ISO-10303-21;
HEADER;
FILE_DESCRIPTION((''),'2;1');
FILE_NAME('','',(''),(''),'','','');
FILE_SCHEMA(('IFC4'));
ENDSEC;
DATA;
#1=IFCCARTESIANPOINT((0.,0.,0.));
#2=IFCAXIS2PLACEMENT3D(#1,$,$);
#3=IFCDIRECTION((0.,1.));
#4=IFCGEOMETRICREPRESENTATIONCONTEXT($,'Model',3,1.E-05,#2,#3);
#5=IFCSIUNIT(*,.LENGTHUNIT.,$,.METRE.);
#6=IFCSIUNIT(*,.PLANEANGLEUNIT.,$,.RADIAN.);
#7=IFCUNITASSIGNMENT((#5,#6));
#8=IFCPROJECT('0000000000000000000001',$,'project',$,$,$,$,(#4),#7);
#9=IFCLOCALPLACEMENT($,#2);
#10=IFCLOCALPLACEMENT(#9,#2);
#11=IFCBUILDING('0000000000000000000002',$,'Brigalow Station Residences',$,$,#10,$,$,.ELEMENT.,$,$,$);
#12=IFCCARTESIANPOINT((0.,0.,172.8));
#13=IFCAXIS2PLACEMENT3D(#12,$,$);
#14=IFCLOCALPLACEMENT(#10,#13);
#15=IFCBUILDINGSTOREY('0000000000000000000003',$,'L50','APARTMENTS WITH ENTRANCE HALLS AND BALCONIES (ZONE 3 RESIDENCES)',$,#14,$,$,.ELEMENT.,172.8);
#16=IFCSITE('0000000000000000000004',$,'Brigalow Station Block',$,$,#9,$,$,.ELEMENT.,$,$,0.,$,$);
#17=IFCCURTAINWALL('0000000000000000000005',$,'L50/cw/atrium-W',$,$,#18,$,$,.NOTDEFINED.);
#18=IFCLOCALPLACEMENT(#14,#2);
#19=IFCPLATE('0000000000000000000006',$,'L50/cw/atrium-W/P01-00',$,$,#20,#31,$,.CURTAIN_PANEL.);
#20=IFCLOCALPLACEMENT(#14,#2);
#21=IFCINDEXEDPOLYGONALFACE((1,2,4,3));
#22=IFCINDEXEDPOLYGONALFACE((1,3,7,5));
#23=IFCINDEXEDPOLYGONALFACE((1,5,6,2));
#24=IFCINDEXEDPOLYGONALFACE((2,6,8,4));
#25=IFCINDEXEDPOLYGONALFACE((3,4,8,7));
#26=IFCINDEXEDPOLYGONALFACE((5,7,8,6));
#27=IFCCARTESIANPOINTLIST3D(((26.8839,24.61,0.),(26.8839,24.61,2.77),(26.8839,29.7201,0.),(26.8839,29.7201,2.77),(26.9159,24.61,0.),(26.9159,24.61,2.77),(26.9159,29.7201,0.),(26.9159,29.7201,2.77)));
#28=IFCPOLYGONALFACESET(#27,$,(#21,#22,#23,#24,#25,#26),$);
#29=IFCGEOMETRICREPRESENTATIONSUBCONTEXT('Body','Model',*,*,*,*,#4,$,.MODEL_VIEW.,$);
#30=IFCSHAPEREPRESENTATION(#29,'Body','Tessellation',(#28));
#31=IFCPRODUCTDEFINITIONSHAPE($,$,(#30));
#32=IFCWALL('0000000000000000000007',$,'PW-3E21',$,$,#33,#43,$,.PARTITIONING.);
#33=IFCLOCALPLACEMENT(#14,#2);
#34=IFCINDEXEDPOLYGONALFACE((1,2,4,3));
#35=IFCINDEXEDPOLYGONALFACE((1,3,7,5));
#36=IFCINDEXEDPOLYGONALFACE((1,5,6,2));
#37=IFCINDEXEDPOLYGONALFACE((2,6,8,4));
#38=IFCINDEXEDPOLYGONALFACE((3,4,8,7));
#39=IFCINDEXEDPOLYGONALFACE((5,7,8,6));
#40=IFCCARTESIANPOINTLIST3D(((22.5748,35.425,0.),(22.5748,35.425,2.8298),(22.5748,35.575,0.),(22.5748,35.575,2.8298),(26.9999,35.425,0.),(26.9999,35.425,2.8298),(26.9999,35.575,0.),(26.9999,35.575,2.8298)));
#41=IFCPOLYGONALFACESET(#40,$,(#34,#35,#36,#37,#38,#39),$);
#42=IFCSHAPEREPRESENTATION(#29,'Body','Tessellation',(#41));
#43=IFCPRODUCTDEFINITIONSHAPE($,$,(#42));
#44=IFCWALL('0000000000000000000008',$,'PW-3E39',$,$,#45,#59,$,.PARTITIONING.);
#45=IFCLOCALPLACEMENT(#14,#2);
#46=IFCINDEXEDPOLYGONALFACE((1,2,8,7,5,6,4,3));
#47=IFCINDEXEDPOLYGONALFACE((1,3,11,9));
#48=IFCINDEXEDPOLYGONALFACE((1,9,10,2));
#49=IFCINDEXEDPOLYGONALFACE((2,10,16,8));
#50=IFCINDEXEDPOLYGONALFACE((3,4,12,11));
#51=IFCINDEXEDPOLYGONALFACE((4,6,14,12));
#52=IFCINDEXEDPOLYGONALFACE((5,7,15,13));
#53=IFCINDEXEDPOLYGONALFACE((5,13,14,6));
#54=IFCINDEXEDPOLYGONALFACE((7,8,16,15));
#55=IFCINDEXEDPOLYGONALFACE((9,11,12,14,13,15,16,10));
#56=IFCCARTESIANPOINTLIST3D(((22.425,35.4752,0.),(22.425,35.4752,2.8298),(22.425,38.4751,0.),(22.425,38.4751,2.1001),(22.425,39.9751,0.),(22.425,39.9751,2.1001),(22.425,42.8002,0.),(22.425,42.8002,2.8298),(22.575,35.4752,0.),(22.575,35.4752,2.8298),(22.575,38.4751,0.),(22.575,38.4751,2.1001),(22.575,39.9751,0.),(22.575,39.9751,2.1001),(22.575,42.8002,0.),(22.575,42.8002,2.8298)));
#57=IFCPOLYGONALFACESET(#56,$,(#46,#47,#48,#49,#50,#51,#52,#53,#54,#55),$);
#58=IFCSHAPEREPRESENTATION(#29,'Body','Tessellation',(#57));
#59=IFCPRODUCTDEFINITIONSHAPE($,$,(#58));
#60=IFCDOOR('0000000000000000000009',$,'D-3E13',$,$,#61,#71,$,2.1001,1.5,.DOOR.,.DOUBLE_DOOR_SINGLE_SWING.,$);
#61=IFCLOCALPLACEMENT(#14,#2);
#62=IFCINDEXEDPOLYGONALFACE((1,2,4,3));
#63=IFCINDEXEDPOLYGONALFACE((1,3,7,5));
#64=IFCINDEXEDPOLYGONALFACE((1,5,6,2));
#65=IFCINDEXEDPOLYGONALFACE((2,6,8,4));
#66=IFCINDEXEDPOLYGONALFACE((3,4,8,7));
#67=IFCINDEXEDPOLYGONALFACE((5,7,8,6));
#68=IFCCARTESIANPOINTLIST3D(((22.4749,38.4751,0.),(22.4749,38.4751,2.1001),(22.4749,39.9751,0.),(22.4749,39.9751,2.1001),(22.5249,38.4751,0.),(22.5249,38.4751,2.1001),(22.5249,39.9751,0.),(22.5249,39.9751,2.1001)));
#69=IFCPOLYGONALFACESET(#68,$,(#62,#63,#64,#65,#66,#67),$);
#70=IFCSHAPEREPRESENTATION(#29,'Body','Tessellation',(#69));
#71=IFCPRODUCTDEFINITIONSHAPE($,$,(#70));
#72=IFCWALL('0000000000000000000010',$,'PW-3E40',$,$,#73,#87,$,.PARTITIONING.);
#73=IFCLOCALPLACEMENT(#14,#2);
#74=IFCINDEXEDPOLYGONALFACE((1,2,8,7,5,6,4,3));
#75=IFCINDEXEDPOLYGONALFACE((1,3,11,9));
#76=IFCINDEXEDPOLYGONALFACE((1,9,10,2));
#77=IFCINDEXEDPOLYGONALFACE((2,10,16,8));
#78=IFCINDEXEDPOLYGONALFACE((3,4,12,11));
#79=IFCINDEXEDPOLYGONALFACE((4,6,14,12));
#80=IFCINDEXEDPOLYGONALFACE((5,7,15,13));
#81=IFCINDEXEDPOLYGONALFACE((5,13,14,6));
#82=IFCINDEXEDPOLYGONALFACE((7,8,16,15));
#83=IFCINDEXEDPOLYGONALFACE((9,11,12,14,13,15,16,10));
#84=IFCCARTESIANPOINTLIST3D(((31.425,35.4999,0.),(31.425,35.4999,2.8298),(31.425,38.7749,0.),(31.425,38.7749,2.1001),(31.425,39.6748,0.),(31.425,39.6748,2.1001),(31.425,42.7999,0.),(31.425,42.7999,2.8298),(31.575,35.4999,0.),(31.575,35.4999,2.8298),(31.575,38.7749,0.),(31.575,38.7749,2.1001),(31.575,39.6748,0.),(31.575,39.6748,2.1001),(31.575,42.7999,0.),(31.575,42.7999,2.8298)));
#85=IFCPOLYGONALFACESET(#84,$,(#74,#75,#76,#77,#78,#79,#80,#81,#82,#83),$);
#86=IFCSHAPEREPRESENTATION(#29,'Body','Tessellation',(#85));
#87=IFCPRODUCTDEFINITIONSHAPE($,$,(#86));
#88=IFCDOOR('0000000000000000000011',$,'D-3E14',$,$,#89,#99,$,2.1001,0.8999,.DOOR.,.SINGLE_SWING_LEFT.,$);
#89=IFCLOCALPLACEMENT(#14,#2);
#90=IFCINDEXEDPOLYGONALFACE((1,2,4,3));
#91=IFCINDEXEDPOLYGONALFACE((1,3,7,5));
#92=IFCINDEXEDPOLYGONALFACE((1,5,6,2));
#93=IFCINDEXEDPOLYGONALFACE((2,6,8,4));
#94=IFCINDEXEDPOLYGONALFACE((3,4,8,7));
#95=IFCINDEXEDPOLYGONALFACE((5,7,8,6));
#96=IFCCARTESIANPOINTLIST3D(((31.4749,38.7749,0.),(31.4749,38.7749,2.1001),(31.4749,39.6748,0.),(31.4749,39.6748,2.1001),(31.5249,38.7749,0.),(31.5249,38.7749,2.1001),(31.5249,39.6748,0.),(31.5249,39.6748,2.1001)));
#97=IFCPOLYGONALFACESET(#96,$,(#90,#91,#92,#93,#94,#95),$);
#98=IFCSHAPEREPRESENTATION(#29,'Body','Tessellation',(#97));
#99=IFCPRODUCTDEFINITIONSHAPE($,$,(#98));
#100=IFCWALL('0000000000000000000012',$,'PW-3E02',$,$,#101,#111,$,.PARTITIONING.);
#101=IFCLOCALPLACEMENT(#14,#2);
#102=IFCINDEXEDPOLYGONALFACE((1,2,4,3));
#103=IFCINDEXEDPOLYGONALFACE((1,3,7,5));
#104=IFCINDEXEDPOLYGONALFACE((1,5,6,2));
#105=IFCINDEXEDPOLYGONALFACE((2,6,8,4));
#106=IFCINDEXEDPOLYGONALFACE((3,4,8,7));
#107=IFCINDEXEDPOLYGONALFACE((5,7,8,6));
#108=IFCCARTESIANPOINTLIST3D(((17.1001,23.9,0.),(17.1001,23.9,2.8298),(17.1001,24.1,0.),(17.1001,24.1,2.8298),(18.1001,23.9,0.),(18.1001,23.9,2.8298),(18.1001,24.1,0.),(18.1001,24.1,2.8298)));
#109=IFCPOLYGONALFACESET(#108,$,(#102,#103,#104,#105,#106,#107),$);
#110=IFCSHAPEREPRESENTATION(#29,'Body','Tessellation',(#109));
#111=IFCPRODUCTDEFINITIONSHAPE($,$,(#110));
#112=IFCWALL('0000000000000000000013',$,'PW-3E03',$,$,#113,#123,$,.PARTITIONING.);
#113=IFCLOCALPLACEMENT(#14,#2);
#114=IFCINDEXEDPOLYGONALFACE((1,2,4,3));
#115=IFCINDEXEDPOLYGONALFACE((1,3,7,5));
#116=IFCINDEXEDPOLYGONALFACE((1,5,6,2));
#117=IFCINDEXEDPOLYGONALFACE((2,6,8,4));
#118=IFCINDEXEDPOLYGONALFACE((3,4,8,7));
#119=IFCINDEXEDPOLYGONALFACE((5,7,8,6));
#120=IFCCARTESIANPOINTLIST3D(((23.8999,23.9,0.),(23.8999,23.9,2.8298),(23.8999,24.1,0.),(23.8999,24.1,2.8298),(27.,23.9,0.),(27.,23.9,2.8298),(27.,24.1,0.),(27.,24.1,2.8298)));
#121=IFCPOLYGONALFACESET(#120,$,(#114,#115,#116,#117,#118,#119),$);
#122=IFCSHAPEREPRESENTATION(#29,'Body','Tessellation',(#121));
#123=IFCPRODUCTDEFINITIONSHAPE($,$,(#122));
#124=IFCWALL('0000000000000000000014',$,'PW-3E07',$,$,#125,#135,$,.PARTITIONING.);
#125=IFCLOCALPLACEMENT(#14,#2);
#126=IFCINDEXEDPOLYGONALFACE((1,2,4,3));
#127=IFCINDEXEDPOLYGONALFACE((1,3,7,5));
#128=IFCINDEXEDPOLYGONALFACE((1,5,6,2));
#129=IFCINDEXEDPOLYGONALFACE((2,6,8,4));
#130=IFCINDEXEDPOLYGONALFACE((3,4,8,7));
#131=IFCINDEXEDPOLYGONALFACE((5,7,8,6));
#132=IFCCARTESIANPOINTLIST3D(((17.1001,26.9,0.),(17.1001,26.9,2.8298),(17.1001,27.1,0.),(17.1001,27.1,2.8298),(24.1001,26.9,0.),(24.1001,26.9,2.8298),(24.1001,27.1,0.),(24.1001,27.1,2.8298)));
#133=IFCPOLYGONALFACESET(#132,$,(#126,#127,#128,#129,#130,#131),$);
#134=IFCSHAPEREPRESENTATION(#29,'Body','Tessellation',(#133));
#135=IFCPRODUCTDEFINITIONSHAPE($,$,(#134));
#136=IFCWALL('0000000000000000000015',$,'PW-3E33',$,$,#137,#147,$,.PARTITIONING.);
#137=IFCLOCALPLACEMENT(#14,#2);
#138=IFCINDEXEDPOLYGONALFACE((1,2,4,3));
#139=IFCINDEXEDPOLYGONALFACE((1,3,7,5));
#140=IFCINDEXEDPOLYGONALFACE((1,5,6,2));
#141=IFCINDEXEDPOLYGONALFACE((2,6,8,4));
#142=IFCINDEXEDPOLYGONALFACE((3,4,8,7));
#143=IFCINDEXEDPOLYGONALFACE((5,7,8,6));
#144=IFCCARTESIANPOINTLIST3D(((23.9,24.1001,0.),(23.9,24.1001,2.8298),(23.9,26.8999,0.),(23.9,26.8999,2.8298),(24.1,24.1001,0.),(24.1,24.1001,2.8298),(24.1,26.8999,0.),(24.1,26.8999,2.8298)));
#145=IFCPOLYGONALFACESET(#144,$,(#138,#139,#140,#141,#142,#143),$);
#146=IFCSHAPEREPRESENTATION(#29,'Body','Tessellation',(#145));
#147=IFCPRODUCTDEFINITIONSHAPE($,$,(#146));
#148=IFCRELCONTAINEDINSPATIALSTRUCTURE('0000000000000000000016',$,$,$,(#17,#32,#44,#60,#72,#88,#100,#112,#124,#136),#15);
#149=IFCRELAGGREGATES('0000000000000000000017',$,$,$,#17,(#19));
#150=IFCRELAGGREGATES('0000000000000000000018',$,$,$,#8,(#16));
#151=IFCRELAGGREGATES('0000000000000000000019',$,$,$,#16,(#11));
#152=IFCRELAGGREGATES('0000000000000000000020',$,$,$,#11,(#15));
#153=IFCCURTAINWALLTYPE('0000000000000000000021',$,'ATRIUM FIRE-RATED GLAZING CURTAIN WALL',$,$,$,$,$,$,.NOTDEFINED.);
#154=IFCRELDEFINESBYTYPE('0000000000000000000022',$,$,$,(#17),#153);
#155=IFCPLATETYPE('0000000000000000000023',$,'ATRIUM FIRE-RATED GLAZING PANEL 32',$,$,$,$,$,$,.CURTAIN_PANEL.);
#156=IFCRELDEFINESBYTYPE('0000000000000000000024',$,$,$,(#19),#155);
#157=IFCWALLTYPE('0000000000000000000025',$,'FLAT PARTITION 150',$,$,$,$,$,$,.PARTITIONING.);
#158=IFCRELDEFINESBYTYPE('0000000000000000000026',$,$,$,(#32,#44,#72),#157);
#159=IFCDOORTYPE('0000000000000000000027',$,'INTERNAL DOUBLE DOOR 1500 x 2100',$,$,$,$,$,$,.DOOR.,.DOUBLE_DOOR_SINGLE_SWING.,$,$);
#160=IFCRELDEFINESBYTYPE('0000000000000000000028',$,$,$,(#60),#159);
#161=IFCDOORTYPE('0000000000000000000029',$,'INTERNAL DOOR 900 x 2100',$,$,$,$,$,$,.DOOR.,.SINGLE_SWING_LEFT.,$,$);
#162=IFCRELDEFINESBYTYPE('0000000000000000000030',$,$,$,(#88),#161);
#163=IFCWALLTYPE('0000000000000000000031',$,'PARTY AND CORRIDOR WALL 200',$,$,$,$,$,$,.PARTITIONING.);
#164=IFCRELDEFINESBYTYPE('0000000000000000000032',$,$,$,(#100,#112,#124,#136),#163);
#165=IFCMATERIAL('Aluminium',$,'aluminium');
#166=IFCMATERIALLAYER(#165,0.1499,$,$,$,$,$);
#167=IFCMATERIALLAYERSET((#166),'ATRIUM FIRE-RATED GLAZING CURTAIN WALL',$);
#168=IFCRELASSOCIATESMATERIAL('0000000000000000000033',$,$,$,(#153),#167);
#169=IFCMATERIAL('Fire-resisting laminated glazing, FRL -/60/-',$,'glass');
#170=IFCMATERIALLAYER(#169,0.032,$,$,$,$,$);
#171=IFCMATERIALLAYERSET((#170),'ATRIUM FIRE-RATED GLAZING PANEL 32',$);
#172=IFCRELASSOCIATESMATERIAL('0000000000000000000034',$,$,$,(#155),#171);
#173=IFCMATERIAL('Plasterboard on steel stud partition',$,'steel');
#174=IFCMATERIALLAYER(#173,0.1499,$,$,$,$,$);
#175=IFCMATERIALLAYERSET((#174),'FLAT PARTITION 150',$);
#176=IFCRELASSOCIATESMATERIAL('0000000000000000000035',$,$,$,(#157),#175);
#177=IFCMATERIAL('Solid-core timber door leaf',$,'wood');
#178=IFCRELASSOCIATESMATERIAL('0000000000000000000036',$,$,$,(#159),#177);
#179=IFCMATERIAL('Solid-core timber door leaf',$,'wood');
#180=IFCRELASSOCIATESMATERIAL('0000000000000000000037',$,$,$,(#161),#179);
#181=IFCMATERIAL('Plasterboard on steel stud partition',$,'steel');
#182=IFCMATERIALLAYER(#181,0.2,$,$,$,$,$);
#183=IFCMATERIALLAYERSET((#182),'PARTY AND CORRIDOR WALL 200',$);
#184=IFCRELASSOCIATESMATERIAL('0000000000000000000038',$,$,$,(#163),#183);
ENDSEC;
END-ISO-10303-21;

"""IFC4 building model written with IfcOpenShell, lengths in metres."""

from ifc_helpers import new_model, si_unit, direction, frame, frame_2d, origin, origin_2d, place, context, subcontext, project, spatial, rectangle, extrude, material, layer, layer_set, type_object, element, fill, aggregate, save


model = new_model("IFC4")

# Units and contexts
model_context = context("Model", 3, precision=1e-05, world=origin(), true_north=direction((0.0, 1.0)))
body_context = subcontext(model_context, "Body", "Model", "MODEL_VIEW")
ifc_project = project(units=[si_unit("LENGTHUNIT", "METRE"), si_unit("PLANEANGLEUNIT", "RADIAN")], contexts=[model_context])

# Site, building, storey
site_placement = place(None, origin())
site = spatial("IfcSite", under=ifc_project, at=site_placement, Name="Brigalow Station Block", CompositionType="ELEMENT", RefElevation=0.0)
building_placement = place(site_placement, origin())
building = spatial("IfcBuilding", under=site, at=building_placement, Name="Brigalow Station Residences", CompositionType="ELEMENT")
storey_placement = place(building_placement, frame((0.0, 0.0, 172.8)))
storey = spatial("IfcBuildingStorey", under=building, at=storey_placement, Name="L50", Description="APARTMENTS WITH ENTRANCE HALLS AND BALCONIES (ZONE 3 RESIDENCES)", CompositionType="ELEMENT", Elevation=172.8)

# Shared definitions
ifc_material_1 = material(Name="Aluminium", Category="aluminium")
ifc_layer_1 = layer(ifc_material_1, 0.1499)
ifc_layer_set_1 = layer_set([ifc_layer_1], Name="ATRIUM FIRE-RATED GLAZING CURTAIN WALL")
curtain_wall_type = type_object("IfcCurtainWallType", Name="ATRIUM FIRE-RATED GLAZING CURTAIN WALL", PredefinedType="NOTDEFINED", material=ifc_layer_set_1)

# Curtain wall
curtain_wall_1_placement = place(storey_placement, origin())
curtain_wall_1 = element("IfcCurtainWall", 1, at=curtain_wall_1_placement, inside=storey, type_object=curtain_wall_type, Name="L50/cw/atrium-W", PredefinedType="NOTDEFINED")

# Plate
ifc_material_2 = material(Name="Fire-resisting laminated glazing, FRL -/60/-", Category="glass")
ifc_layer_2 = layer(ifc_material_2, 0.032)
ifc_layer_set_2 = layer_set([ifc_layer_2], Name="ATRIUM FIRE-RATED GLAZING PANEL 32")
plate_type = type_object("IfcPlateType", Name="ATRIUM FIRE-RATED GLAZING PANEL 32", PredefinedType="CURTAIN_PANEL", material=ifc_layer_set_2)
plate_1_placement = place(storey_placement, frame((26.8999, 27.165, 0.0), z_axis=(0.0, 0.0, 1.0), x_axis=(0.0, -1.0, 0.0)))
plate_1 = element("IfcPlate", 2, at=plate_1_placement, type_object=plate_type, Name="L50/cw/atrium-W/P01-00", PredefinedType="CURTAIN_PANEL", context=body_context, shape_type="SweptSolid", body=[
    extrude(rectangle(XDim=5.1101, YDim=0.032, at=origin_2d()), origin(), (0.0, 0.0, 1.0), 2.77),
])
aggregate(curtain_wall_1, [plate_1])

# Wall
ifc_material_3 = material(Name="Plasterboard on steel stud partition", Category="steel")
ifc_layer_3 = layer(ifc_material_3, 0.1499)
ifc_layer_set_3 = layer_set([ifc_layer_3], Name="FLAT PARTITION 150")
wall_type_1 = type_object("IfcWallType", Name="FLAT PARTITION 150", PredefinedType="PARTITIONING", material=ifc_layer_set_3)
wall_1_placement = place(storey_placement, frame((22.575, 35.5, 0.0), z_axis=(0.0, 0.0, 1.0), x_axis=(1.0, 0.0, 0.0)))
element("IfcWall", 3, at=wall_1_placement, inside=storey, type_object=wall_type_1, Name="PW-3E21", PredefinedType="PARTITIONING", context=body_context, shape_type="SweptSolid", body=[
    extrude(rectangle(XDim=4.425, YDim=0.1499, at=frame_2d((2.2124, 0.0))), origin(), (0.0, 0.0, 1.0), 2.8298),
])

# Walls, openings, doors
wall_2_placement = place(storey_placement, frame((22.5, 35.4751, 0.0), z_axis=(0.0, 0.0, 1.0), x_axis=(0.0, 1.0, 0.0)))
wall_2 = element("IfcWall", 4, at=wall_2_placement, inside=storey, type_object=wall_type_1, Name="PW-3E39", PredefinedType="PARTITIONING", context=body_context, shape_type="SweptSolid", body=[
    extrude(rectangle(XDim=7.325, YDim=0.1499, at=frame_2d((3.6626, 0.0))), origin(), (0.0, 0.0, 1.0), 2.8298),
])
opening_1_placement = place(wall_2_placement, frame((3.0, 0.0, 0.0)))
opening_1 = element("IfcOpeningElement", 5, at=opening_1_placement, cuts=wall_2, PredefinedType="OPENING", context=body_context, shape_type="SweptSolid", body=[
    extrude(rectangle(XDim=1.5, YDim=2.1001, at=frame_2d((0.75, 1.05))), frame((0.0, 0.085, 0.0), z_axis=(0.0, -1.0, 0.0), x_axis=(1.0, 0.0, 0.0)), (0.0, 0.0, 1.0), 0.1699),
])
ifc_material_4 = material(Name="Solid-core timber door leaf", Category="wood")
door_type_1 = type_object("IfcDoorType", Name="INTERNAL DOUBLE DOOR 1500 x 2100", OperationType="DOUBLE_DOOR_SINGLE_SWING", PredefinedType="DOOR", material=ifc_material_4)
door_1_placement = place(opening_1_placement, frame((1.5, 0.0, 0.0), z_axis=(0.0, 0.0, 1.0), x_axis=(-1.0, 0.0, 0.0)))
door_1 = element("IfcDoor", 6, at=door_1_placement, inside=storey, type_object=door_type_1, Name="D-3E13", OperationType="DOUBLE_DOOR_SINGLE_SWING", OverallHeight=2.1001, OverallWidth=1.5, PredefinedType="DOOR", context=body_context, shape_type="SweptSolid", body=[
    extrude(rectangle(XDim=1.5, YDim=2.1001, at=frame_2d((0.75, 1.05))), frame((0.0, 0.0249, 0.0), z_axis=(0.0, -1.0, 0.0), x_axis=(1.0, 0.0, 0.0)), (0.0, 0.0, 1.0), 0.05),
])
fill(opening_1, door_1)
wall_3_placement = place(storey_placement, frame((31.5, 35.5, 0.0), z_axis=(0.0, 0.0, 1.0), x_axis=(0.0, 1.0, 0.0)))
wall_3 = element("IfcWall", 7, at=wall_3_placement, inside=storey, type_object=wall_type_1, Name="PW-3E40", PredefinedType="PARTITIONING", context=body_context, shape_type="SweptSolid", body=[
    extrude(rectangle(XDim=7.3, YDim=0.1499, at=frame_2d((3.6499, 0.0))), origin(), (0.0, 0.0, 1.0), 2.8298),
])
opening_2_placement = place(wall_3_placement, frame((3.2749, 0.0, 0.0)))
opening_2 = element("IfcOpeningElement", 8, at=opening_2_placement, cuts=wall_3, PredefinedType="OPENING", context=body_context, shape_type="SweptSolid", body=[
    extrude(rectangle(XDim=0.8999, YDim=2.1001, at=frame_2d((0.45, 1.05))), frame((0.0, 0.085, 0.0), z_axis=(0.0, -1.0, 0.0), x_axis=(1.0, 0.0, 0.0)), (0.0, 0.0, 1.0), 0.1699),
])
ifc_material_5 = material(Name="Solid-core timber door leaf", Category="wood")
door_type_2 = type_object("IfcDoorType", Name="INTERNAL DOOR 900 x 2100", OperationType="SINGLE_SWING_LEFT", PredefinedType="DOOR", material=ifc_material_5)
door_2_placement = place(opening_2_placement, frame((0.8999, 0.0, 0.0), z_axis=(0.0, 0.0, 1.0), x_axis=(-1.0, 0.0, 0.0)))
door_2 = element("IfcDoor", 9, at=door_2_placement, inside=storey, type_object=door_type_2, Name="D-3E14", OperationType="SINGLE_SWING_LEFT", OverallHeight=2.1001, OverallWidth=0.8999, PredefinedType="DOOR", context=body_context, shape_type="SweptSolid", body=[
    extrude(rectangle(XDim=0.8999, YDim=2.1001, at=frame_2d((0.45, 1.05))), frame((0.0, 0.0249, 0.0), z_axis=(0.0, -1.0, 0.0), x_axis=(1.0, 0.0, 0.0)), (0.0, 0.0, 1.0), 0.05),
])
fill(opening_2, door_2)

# Walls
ifc_material_6 = material(Name="Plasterboard on steel stud partition", Category="steel")
ifc_layer_4 = layer(ifc_material_6, 0.2)
ifc_layer_set_4 = layer_set([ifc_layer_4], Name="PARTY AND CORRIDOR WALL 200")
wall_type_2 = type_object("IfcWallType", Name="PARTY AND CORRIDOR WALL 200", PredefinedType="PARTITIONING", material=ifc_layer_set_4)
wall_4_placement = place(storey_placement, frame((17.1001, 24.0, 0.0), z_axis=(0.0, 0.0, 1.0), x_axis=(1.0, 0.0, 0.0)))
element("IfcWall", 10, at=wall_4_placement, inside=storey, type_object=wall_type_2, Name="PW-3E02", PredefinedType="PARTITIONING", context=body_context, shape_type="SweptSolid", body=[
    extrude(rectangle(XDim=1.0, YDim=0.2, at=frame_2d((0.5, 0.0))), origin(), (0.0, 0.0, 1.0), 2.8298),
])
wall_5_placement = place(storey_placement, frame((23.8999, 24.0, 0.0), z_axis=(0.0, 0.0, 1.0), x_axis=(1.0, 0.0, 0.0)))
element("IfcWall", 11, at=wall_5_placement, inside=storey, type_object=wall_type_2, Name="PW-3E03", PredefinedType="PARTITIONING", context=body_context, shape_type="SweptSolid", body=[
    extrude(rectangle(XDim=3.1001, YDim=0.2, at=frame_2d((1.55, 0.0))), origin(), (0.0, 0.0, 1.0), 2.8298),
])
wall_6_placement = place(storey_placement, frame((17.1001, 27.0, 0.0), z_axis=(0.0, 0.0, 1.0), x_axis=(1.0, 0.0, 0.0)))
element("IfcWall", 12, at=wall_6_placement, inside=storey, type_object=wall_type_2, Name="PW-3E07", PredefinedType="PARTITIONING", context=body_context, shape_type="SweptSolid", body=[
    extrude(rectangle(XDim=7.0, YDim=0.2, at=frame_2d((3.5, 0.0))), origin(), (0.0, 0.0, 1.0), 2.8298),
])
wall_7_placement = place(storey_placement, frame((24.0, 24.1001, 0.0), z_axis=(0.0, 0.0, 1.0), x_axis=(0.0, 1.0, 0.0)))
element("IfcWall", 13, at=wall_7_placement, inside=storey, type_object=wall_type_2, Name="PW-3E33", PredefinedType="PARTITIONING", context=body_context, shape_type="SweptSolid", body=[
    extrude(rectangle(XDim=2.7998, YDim=0.2, at=frame_2d((1.3999, 0.0))), origin(), (0.0, 0.0, 1.0), 2.8298),
])

save(model, "model.ifc")
